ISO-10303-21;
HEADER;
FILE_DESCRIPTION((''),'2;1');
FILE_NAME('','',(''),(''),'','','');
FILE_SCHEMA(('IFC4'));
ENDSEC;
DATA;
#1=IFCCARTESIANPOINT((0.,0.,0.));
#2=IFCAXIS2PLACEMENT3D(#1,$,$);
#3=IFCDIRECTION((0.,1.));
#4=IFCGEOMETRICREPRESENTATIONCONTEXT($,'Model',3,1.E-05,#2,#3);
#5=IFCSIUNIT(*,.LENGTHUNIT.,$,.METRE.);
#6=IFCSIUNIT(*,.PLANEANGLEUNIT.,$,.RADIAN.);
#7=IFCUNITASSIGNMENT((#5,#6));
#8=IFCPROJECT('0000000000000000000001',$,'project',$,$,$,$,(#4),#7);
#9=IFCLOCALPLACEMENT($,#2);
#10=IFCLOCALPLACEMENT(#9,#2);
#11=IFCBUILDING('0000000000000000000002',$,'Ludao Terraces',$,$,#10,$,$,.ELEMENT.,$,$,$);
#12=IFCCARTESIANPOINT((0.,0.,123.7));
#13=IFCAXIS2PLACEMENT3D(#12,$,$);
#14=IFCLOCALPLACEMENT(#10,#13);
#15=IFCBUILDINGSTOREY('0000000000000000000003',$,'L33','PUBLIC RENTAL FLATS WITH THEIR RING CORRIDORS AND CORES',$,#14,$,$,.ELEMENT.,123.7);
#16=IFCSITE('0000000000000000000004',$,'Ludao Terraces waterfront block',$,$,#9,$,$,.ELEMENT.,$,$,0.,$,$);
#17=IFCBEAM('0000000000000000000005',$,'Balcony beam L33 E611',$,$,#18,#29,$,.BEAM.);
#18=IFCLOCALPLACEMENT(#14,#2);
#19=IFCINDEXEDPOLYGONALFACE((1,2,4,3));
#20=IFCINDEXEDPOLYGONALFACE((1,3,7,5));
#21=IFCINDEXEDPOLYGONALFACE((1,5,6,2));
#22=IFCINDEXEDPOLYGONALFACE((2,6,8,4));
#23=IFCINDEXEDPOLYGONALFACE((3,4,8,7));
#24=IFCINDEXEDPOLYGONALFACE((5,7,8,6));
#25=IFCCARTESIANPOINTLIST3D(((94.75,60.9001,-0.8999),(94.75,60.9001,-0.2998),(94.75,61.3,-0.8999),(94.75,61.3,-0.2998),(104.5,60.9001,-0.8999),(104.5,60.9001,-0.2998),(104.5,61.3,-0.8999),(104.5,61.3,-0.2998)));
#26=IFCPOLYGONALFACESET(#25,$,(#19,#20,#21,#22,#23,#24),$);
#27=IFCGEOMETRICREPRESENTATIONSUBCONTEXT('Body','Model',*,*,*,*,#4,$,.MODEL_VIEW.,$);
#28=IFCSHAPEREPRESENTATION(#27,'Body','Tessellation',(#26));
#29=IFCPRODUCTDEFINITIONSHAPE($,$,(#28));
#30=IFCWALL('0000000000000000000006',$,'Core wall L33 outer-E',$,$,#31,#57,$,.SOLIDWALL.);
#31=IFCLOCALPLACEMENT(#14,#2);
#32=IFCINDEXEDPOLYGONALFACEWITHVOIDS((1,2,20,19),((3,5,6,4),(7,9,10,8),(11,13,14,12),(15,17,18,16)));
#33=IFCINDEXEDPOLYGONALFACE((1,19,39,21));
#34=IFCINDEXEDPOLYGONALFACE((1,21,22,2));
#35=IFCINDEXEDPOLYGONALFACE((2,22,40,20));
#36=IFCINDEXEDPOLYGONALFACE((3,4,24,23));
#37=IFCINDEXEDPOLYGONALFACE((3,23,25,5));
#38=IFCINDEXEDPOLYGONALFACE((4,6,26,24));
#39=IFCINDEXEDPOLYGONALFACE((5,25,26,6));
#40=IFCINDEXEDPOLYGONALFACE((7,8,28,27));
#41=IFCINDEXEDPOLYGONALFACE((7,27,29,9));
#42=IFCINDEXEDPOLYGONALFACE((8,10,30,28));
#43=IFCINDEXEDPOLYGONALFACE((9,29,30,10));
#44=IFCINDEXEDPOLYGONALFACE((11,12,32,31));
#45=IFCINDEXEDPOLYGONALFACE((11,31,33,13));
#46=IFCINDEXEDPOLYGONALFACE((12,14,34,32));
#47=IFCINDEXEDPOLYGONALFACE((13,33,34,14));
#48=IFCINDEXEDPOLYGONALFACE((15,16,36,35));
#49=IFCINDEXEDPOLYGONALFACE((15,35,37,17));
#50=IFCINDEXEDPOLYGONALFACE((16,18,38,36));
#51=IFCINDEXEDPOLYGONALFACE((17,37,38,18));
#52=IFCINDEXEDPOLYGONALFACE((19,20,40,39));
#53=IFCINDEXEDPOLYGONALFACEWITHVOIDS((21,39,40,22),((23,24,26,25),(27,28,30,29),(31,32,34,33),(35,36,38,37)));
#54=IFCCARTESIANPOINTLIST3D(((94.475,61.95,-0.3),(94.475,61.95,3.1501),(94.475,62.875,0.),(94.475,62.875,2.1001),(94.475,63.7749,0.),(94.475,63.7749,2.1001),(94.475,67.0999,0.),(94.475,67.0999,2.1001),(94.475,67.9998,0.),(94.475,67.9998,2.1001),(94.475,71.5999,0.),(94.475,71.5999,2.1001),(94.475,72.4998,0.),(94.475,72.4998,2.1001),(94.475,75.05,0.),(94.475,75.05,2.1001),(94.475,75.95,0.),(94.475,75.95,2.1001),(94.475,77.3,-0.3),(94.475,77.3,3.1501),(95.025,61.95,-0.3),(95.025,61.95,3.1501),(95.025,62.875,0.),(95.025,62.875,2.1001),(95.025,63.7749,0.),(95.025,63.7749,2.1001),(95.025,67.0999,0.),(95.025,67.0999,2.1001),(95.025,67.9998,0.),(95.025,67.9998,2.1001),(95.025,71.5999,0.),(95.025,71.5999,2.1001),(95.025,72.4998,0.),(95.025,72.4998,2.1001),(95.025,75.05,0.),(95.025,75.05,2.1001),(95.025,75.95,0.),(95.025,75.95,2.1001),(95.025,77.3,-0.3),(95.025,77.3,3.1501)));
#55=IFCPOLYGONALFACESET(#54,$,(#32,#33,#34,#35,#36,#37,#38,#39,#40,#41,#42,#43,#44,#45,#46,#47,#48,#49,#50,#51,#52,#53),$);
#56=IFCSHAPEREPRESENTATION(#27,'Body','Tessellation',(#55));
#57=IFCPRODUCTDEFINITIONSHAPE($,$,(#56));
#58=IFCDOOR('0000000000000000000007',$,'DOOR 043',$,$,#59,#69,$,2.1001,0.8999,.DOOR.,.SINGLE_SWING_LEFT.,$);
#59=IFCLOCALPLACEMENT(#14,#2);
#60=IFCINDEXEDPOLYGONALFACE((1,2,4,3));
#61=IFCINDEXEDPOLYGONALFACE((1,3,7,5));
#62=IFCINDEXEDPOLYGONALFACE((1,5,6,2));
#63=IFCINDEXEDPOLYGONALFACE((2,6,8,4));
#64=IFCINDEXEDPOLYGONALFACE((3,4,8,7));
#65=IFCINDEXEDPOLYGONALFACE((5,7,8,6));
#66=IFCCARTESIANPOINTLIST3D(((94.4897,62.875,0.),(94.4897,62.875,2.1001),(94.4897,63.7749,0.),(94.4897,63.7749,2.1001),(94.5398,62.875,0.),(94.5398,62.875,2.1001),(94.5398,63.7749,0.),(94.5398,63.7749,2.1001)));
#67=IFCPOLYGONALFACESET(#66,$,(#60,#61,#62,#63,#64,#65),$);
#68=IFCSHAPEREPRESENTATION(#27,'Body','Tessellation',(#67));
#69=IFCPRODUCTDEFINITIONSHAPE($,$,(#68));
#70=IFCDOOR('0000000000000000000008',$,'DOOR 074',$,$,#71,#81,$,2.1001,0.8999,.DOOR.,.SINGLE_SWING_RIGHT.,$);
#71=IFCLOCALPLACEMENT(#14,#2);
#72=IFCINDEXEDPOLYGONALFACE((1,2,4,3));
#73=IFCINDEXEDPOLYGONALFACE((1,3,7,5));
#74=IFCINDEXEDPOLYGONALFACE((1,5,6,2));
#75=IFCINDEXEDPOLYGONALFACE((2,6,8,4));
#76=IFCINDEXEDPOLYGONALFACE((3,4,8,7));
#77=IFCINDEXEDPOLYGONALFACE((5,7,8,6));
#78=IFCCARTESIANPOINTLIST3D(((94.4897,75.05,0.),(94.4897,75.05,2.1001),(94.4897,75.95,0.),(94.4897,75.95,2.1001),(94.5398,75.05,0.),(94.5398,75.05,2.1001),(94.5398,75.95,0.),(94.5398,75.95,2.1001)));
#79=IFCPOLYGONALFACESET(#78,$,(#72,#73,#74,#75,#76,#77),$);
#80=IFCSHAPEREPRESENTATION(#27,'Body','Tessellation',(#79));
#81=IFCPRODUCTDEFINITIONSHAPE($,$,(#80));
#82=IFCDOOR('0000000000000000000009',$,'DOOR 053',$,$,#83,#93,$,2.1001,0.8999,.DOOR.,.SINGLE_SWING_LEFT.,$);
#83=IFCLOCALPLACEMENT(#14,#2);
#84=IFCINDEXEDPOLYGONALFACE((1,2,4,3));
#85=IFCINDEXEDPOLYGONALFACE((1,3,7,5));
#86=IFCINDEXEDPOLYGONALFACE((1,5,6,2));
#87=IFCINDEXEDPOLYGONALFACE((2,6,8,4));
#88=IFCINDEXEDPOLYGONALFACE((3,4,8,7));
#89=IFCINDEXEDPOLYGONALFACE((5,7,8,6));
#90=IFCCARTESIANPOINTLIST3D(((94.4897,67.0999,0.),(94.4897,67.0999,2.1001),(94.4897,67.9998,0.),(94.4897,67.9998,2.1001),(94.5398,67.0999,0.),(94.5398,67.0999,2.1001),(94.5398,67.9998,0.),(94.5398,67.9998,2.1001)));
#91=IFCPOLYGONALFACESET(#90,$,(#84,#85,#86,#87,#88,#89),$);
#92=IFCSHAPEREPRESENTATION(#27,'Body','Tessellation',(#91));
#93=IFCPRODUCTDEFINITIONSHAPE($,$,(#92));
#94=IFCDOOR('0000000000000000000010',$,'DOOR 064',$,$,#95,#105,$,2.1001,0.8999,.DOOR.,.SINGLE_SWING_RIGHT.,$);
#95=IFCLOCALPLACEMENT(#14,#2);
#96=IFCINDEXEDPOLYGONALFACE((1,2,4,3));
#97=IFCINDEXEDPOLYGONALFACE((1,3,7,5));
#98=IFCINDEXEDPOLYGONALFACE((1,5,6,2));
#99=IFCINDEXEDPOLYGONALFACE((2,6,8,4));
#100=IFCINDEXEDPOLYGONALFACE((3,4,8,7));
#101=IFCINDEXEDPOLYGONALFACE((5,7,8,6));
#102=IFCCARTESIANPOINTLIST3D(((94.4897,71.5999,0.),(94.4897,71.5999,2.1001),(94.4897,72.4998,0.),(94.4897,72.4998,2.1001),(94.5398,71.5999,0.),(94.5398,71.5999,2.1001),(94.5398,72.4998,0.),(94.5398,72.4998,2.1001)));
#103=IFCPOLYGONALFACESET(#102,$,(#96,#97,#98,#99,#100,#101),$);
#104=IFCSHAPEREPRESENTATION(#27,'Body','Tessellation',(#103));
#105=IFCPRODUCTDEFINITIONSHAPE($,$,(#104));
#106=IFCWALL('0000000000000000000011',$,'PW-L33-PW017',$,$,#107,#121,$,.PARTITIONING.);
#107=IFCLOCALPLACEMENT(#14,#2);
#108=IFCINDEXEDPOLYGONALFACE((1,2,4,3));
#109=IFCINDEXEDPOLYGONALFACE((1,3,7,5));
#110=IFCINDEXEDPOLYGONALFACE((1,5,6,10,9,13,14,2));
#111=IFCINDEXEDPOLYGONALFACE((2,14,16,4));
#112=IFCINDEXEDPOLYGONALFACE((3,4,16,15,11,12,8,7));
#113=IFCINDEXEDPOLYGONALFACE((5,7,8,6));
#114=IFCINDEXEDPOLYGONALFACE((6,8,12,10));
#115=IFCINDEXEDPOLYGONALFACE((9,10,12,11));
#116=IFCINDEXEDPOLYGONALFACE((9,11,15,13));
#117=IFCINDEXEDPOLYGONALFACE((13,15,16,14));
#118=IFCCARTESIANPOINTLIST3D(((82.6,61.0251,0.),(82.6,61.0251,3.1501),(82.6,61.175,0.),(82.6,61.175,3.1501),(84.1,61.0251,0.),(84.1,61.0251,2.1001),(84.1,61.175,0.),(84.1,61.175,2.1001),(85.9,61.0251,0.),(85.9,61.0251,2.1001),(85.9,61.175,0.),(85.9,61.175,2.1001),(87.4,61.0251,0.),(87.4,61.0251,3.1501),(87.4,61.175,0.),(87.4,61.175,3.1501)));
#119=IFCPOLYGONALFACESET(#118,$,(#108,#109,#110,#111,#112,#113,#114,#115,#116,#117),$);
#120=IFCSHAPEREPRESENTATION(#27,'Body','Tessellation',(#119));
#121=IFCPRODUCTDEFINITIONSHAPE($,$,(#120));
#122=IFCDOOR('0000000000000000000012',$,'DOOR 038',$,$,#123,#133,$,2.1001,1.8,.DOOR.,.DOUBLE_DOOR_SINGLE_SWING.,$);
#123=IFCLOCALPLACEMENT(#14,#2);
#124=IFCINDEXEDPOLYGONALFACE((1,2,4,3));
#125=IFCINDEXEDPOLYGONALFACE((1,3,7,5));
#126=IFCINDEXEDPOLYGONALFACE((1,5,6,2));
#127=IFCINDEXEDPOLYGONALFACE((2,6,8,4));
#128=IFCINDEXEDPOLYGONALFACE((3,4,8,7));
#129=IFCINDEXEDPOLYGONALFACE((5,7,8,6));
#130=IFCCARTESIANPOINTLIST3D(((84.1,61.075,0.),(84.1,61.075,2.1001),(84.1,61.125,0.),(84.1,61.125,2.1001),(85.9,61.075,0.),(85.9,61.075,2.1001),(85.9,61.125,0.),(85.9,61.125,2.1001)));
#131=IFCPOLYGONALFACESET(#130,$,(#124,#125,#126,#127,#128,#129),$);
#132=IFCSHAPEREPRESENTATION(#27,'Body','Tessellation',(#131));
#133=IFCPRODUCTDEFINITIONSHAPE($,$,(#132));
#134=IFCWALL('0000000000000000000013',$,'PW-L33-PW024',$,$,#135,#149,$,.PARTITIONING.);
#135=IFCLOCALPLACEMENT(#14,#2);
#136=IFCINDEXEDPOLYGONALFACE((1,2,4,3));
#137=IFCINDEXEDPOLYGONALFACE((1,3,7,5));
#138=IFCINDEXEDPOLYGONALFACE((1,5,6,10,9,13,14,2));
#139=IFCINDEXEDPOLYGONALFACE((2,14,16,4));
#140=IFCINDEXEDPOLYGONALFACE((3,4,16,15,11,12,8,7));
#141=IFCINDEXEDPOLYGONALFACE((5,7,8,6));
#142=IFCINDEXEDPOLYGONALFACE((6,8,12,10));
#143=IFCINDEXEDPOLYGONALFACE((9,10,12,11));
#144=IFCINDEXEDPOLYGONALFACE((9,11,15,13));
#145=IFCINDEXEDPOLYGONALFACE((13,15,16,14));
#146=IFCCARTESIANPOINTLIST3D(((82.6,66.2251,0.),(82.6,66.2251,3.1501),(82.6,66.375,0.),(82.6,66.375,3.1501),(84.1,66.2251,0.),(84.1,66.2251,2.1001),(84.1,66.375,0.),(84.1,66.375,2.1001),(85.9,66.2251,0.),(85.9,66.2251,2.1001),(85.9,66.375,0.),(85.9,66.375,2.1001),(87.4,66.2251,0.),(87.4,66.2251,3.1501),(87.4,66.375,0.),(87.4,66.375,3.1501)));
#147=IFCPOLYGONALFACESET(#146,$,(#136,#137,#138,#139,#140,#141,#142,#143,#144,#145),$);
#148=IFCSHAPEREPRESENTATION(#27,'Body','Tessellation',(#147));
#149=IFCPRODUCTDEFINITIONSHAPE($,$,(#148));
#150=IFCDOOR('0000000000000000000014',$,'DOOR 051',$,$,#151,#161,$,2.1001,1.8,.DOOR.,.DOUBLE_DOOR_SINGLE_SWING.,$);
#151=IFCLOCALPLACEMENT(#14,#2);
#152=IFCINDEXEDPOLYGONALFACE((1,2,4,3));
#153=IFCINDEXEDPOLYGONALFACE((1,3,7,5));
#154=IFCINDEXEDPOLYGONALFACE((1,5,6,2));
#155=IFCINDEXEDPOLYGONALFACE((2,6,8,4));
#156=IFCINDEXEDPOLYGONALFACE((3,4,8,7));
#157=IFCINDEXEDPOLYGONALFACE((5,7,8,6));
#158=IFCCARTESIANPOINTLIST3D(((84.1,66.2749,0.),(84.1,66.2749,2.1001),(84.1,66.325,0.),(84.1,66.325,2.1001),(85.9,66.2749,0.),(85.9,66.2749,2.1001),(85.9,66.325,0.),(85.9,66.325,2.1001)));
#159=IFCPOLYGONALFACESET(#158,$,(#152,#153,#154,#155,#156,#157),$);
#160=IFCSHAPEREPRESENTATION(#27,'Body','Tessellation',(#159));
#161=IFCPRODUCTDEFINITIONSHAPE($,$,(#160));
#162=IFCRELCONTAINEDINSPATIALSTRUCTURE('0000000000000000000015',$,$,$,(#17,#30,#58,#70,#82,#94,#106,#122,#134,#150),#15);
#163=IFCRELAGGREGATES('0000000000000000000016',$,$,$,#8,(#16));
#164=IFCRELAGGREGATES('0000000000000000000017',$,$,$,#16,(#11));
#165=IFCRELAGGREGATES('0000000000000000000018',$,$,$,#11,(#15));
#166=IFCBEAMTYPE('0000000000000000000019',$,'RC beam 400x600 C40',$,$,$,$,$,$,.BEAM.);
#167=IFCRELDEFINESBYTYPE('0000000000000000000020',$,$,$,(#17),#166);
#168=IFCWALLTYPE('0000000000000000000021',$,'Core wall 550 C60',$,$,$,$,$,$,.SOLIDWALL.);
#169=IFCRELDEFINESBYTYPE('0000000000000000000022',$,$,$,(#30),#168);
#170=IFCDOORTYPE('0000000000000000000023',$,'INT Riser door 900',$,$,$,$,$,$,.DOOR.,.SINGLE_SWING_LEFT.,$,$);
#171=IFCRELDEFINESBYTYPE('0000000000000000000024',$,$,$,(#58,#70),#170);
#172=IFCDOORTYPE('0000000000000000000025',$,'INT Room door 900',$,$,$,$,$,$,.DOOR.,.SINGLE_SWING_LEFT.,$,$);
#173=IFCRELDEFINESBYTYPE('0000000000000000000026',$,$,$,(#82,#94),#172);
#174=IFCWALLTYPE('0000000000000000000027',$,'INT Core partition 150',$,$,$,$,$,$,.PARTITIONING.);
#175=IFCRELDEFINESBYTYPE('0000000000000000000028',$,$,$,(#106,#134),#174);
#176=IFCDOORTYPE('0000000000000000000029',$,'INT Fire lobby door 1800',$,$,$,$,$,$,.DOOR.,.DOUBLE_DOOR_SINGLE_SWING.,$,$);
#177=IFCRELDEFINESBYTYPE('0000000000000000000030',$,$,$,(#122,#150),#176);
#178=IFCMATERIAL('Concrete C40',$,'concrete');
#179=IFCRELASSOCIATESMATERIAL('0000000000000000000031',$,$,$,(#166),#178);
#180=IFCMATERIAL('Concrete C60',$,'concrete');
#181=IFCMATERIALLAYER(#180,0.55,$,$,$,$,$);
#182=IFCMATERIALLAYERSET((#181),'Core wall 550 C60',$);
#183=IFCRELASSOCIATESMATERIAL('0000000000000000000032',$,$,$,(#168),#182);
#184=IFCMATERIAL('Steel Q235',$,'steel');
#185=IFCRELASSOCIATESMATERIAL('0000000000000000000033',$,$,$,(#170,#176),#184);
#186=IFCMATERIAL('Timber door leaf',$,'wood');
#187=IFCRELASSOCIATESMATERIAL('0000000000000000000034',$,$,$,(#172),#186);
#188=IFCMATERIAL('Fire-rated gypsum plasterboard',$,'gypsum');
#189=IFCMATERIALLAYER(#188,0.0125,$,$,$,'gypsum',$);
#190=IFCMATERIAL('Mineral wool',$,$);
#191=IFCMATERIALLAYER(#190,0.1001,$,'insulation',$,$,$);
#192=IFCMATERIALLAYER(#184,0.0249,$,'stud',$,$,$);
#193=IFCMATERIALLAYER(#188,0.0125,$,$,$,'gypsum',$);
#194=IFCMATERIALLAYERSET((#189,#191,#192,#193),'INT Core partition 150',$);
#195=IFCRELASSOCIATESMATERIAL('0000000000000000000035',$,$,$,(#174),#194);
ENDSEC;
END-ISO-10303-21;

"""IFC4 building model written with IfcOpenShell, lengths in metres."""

from ifc_helpers import new_model, si_unit, direction, frame, frame_2d, origin, origin_2d, place, context, subcontext, project, spatial, rectangle, extrude, material, layer, layer_set, material_profile, profile_set, type_object, element, fill, save


model = new_model("IFC4")

# Units and contexts
model_context = context("Model", 3, precision=1e-05, world=origin(), true_north=direction((0.0, 1.0)))
body_context = subcontext(model_context, "Body", "Model", "MODEL_VIEW")
ifc_project = project(units=[si_unit("LENGTHUNIT", "METRE"), si_unit("PLANEANGLEUNIT", "RADIAN")], contexts=[model_context])

# Site, building, storey
site_placement = place(None, origin())
site = spatial("IfcSite", under=ifc_project, at=site_placement, Name="Ludao Terraces waterfront block", CompositionType="ELEMENT", RefElevation=0.0)
building_placement = place(site_placement, origin())
building = spatial("IfcBuilding", under=site, at=building_placement, Name="Ludao Terraces", CompositionType="ELEMENT")
storey_placement = place(building_placement, frame((0.0, 0.0, 123.7)))
storey = spatial("IfcBuildingStorey", under=building, at=storey_placement, Name="L33", Description="PUBLIC RENTAL FLATS WITH THEIR RING CORRIDORS AND CORES", CompositionType="ELEMENT", Elevation=123.7)

# Beam
ifc_material_1 = material(Name="Concrete C40", Category="concrete")
ifc_material_profile = material_profile(ifc_material_1, rectangle(XDim=0.3999, YDim=0.6001, at=origin_2d()), Name="400 X 600")
ifc_profile_set = profile_set([ifc_material_profile], Name="Concrete C40")
beam_type = type_object("IfcBeamType", Name="RC beam 400x600 C40", PredefinedType="BEAM", material=ifc_profile_set)
beam_placement = place(storey_placement, frame((94.75, 61.1001, -0.5999), z_axis=(1.0, 0.0, 0.0), x_axis=(0.0, 1.0, 0.0)))
element("IfcBeam", 1, at=beam_placement, inside=storey, type_object=beam_type, Name="Balcony beam L33 E611", PredefinedType="BEAM", context=body_context, shape_type="SweptSolid", body=[
    extrude(rectangle(XDim=0.3999, YDim=0.6001, at=origin_2d()), origin(), (0.0, 0.0, 1.0), 9.75),
])

# Wall, openings, doors
ifc_material_2 = material(Name="Concrete C60", Category="concrete")
ifc_layer_1 = layer(ifc_material_2, 0.55)
ifc_layer_set_1 = layer_set([ifc_layer_1], Name="Core wall 550 C60")
wall_type_1 = type_object("IfcWallType", Name="Core wall 550 C60", PredefinedType="SOLIDWALL", material=ifc_layer_set_1)
wall_1_placement = place(storey_placement, frame((94.75, 61.95, -0.3), z_axis=(0.0, 0.0, 1.0), x_axis=(0.0, 1.0, 0.0)))
wall_1 = element("IfcWall", 2, at=wall_1_placement, inside=storey, type_object=wall_type_1, Name="Core wall L33 outer-E", PredefinedType="SOLIDWALL", context=body_context, shape_type="SweptSolid", body=[
    extrude(rectangle(XDim=15.3501, YDim=0.55, at=frame_2d((7.675, 0.0))), origin(), (0.0, 0.0, 1.0), 3.4502),
])
opening_1_placement = place(wall_1_placement, frame((0.925, 0.0, 0.3)))
opening_1 = element("IfcOpeningElement", 3, at=opening_1_placement, cuts=wall_1, PredefinedType="OPENING", context=body_context, shape_type="SweptSolid", body=[
    extrude(rectangle(XDim=0.8999, YDim=2.1001, at=frame_2d((0.45, 1.05))), frame((0.0, 0.2852, 0.0), z_axis=(0.0, -1.0, 0.0), x_axis=(1.0, 0.0, 0.0)), (0.0, 0.0, 1.0), 0.5701),
])
opening_2_placement = place(wall_1_placement, frame((5.1499, 0.0, 0.3)))
opening_2 = element("IfcOpeningElement", 4, at=opening_2_placement, cuts=wall_1, PredefinedType="OPENING", context=body_context, shape_type="SweptSolid", body=[
    extrude(rectangle(XDim=0.8999, YDim=2.1001, at=frame_2d((0.45, 1.05))), frame((0.0, 0.2852, 0.0), z_axis=(0.0, -1.0, 0.0), x_axis=(1.0, 0.0, 0.0)), (0.0, 0.0, 1.0), 0.5701),
])
opening_3_placement = place(wall_1_placement, frame((9.6499, 0.0, 0.3)))
opening_3 = element("IfcOpeningElement", 5, at=opening_3_placement, cuts=wall_1, PredefinedType="OPENING", context=body_context, shape_type="SweptSolid", body=[
    extrude(rectangle(XDim=0.8999, YDim=2.1001, at=frame_2d((0.45, 1.05))), frame((0.0, 0.2852, 0.0), z_axis=(0.0, -1.0, 0.0), x_axis=(1.0, 0.0, 0.0)), (0.0, 0.0, 1.0), 0.5701),
])
opening_4_placement = place(wall_1_placement, frame((13.1001, 0.0, 0.3)))
opening_4 = element("IfcOpeningElement", 6, at=opening_4_placement, cuts=wall_1, PredefinedType="OPENING", context=body_context, shape_type="SweptSolid", body=[
    extrude(rectangle(XDim=0.8999, YDim=2.1001, at=frame_2d((0.45, 1.05))), frame((0.0, 0.2852, 0.0), z_axis=(0.0, -1.0, 0.0), x_axis=(1.0, 0.0, 0.0)), (0.0, 0.0, 1.0), 0.5701),
])
ifc_material_3 = material(Name="Steel Q235", Category="steel")
door_type_1 = type_object("IfcDoorType", Name="INT Riser door 900", OperationType="SINGLE_SWING_LEFT", PredefinedType="DOOR", material=ifc_material_3)
door_1_placement = place(opening_1_placement, origin())
door_1 = element("IfcDoor", 7, at=door_1_placement, inside=storey, type_object=door_type_1, Name="DOOR 043", OperationType="SINGLE_SWING_LEFT", OverallHeight=2.1001, OverallWidth=0.8999, PredefinedType="DOOR", context=body_context, shape_type="SweptSolid", body=[
    extrude(rectangle(XDim=0.8999, YDim=2.1001, at=frame_2d((0.45, 1.05))), frame((0.0, 0.2603, 0.0), z_axis=(0.0, -1.0, 0.0), x_axis=(1.0, 0.0, 0.0)), (0.0, 0.0, 1.0), 0.05),
])
fill(opening_1, door_1)
door_2_placement = place(opening_4_placement, origin())
door_2 = element("IfcDoor", 8, at=door_2_placement, inside=storey, type_object=door_type_1, Name="DOOR 074", OperationType="SINGLE_SWING_RIGHT", OverallHeight=2.1001, OverallWidth=0.8999, PredefinedType="DOOR", context=body_context, shape_type="SweptSolid", body=[
    extrude(rectangle(XDim=0.8999, YDim=2.1001, at=frame_2d((0.45, 1.05))), frame((0.0, 0.2603, 0.0), z_axis=(0.0, -1.0, 0.0), x_axis=(1.0, 0.0, 0.0)), (0.0, 0.0, 1.0), 0.05),
])
fill(opening_4, door_2)
ifc_material_4 = material(Name="Timber door leaf", Category="wood")
door_type_2 = type_object("IfcDoorType", Name="INT Room door 900", OperationType="SINGLE_SWING_LEFT", PredefinedType="DOOR", material=ifc_material_4)
door_3_placement = place(opening_2_placement, origin())
door_3 = element("IfcDoor", 9, at=door_3_placement, inside=storey, type_object=door_type_2, Name="DOOR 053", OperationType="SINGLE_SWING_LEFT", OverallHeight=2.1001, OverallWidth=0.8999, PredefinedType="DOOR", context=body_context, shape_type="SweptSolid", body=[
    extrude(rectangle(XDim=0.8999, YDim=2.1001, at=frame_2d((0.45, 1.05))), frame((0.0, 0.2603, 0.0), z_axis=(0.0, -1.0, 0.0), x_axis=(1.0, 0.0, 0.0)), (0.0, 0.0, 1.0), 0.05),
])
fill(opening_2, door_3)
door_4_placement = place(opening_3_placement, origin())
door_4 = element("IfcDoor", 10, at=door_4_placement, inside=storey, type_object=door_type_2, Name="DOOR 064", OperationType="SINGLE_SWING_RIGHT", OverallHeight=2.1001, OverallWidth=0.8999, PredefinedType="DOOR", context=body_context, shape_type="SweptSolid", body=[
    extrude(rectangle(XDim=0.8999, YDim=2.1001, at=frame_2d((0.45, 1.05))), frame((0.0, 0.2603, 0.0), z_axis=(0.0, -1.0, 0.0), x_axis=(1.0, 0.0, 0.0)), (0.0, 0.0, 1.0), 0.05),
])
fill(opening_3, door_4)

# Walls, openings, doors
ifc_material_5 = material(Name="Fire-rated gypsum plasterboard", Category="gypsum")
ifc_layer_2 = layer(ifc_material_5, 0.0125, Category="gypsum")
ifc_material_6 = material(Name="Mineral wool")
ifc_layer_3 = layer(ifc_material_6, 0.1001, Name="insulation")
ifc_layer_4 = layer(ifc_material_3, 0.0249, Name="stud")
ifc_layer_5 = layer(ifc_material_5, 0.0125, Category="gypsum")
ifc_layer_set_2 = layer_set([ifc_layer_2, ifc_layer_3, ifc_layer_4, ifc_layer_5], Name="INT Core partition 150")
wall_type_2 = type_object("IfcWallType", Name="INT Core partition 150", PredefinedType="PARTITIONING", material=ifc_layer_set_2)
wall_2_placement = place(storey_placement, frame((82.6001, 61.1001, 0.0), z_axis=(0.0, 0.0, 1.0), x_axis=(1.0, 0.0, 0.0)))
wall_2 = element("IfcWall", 11, at=wall_2_placement, inside=storey, type_object=wall_type_2, Name="PW-L33-PW017", PredefinedType="PARTITIONING", context=body_context, shape_type="SweptSolid", body=[
    extrude(rectangle(XDim=4.8, YDim=0.1499, at=frame_2d((2.3999, 0.0))), origin(), (0.0, 0.0, 1.0), 3.1501),
])
opening_5_placement = place(wall_2_placement, frame((1.5, 0.0, 0.0)))
opening_5 = element("IfcOpeningElement", 12, at=opening_5_placement, cuts=wall_2, PredefinedType="OPENING", context=body_context, shape_type="SweptSolid", body=[
    extrude(rectangle(XDim=1.8, YDim=2.1001, at=frame_2d((0.8999, 1.05))), frame((0.0, 0.085, 0.0), z_axis=(0.0, -1.0, 0.0), x_axis=(1.0, 0.0, 0.0)), (0.0, 0.0, 1.0), 0.1699),
])
door_type_3 = type_object("IfcDoorType", Name="INT Fire lobby door 1800", OperationType="DOUBLE_DOOR_SINGLE_SWING", PredefinedType="DOOR", material=ifc_material_3)
door_5_placement = place(opening_5_placement, origin())
door_5 = element("IfcDoor", 13, at=door_5_placement, inside=storey, type_object=door_type_3, Name="DOOR 038", OperationType="DOUBLE_DOOR_SINGLE_SWING", OverallHeight=2.1001, OverallWidth=1.8, PredefinedType="DOOR", context=body_context, shape_type="SweptSolid", body=[
    extrude(rectangle(XDim=1.8, YDim=2.1001, at=frame_2d((0.8999, 1.05))), frame((0.0, 0.0249, 0.0), z_axis=(0.0, -1.0, 0.0), x_axis=(1.0, 0.0, 0.0)), (0.0, 0.0, 1.0), 0.05),
])
fill(opening_5, door_5)
wall_3_placement = place(storey_placement, frame((82.6001, 66.3, 0.0), z_axis=(0.0, 0.0, 1.0), x_axis=(1.0, 0.0, 0.0)))
wall_3 = element("IfcWall", 14, at=wall_3_placement, inside=storey, type_object=wall_type_2, Name="PW-L33-PW024", PredefinedType="PARTITIONING", context=body_context, shape_type="SweptSolid", body=[
    extrude(rectangle(XDim=4.8, YDim=0.1499, at=frame_2d((2.3999, 0.0))), origin(), (0.0, 0.0, 1.0), 3.1501),
])
opening_6_placement = place(wall_3_placement, frame((1.5, 0.0, 0.0)))
opening_6 = element("IfcOpeningElement", 15, at=opening_6_placement, cuts=wall_3, PredefinedType="OPENING", context=body_context, shape_type="SweptSolid", body=[
    extrude(rectangle(XDim=1.8, YDim=2.1001, at=frame_2d((0.8999, 1.05))), frame((0.0, 0.085, 0.0), z_axis=(0.0, -1.0, 0.0), x_axis=(1.0, 0.0, 0.0)), (0.0, 0.0, 1.0), 0.1699),
])
door_6_placement = place(opening_6_placement, origin())
door_6 = element("IfcDoor", 16, at=door_6_placement, inside=storey, type_object=door_type_3, Name="DOOR 051", OperationType="DOUBLE_DOOR_SINGLE_SWING", OverallHeight=2.1001, OverallWidth=1.8, PredefinedType="DOOR", context=body_context, shape_type="SweptSolid", body=[
    extrude(rectangle(XDim=1.8, YDim=2.1001, at=frame_2d((0.8999, 1.05))), frame((0.0, 0.0249, 0.0), z_axis=(0.0, -1.0, 0.0), x_axis=(1.0, 0.0, 0.0)), (0.0, 0.0, 1.0), 0.05),
])
fill(opening_6, door_6)

save(model, "model.ifc")
